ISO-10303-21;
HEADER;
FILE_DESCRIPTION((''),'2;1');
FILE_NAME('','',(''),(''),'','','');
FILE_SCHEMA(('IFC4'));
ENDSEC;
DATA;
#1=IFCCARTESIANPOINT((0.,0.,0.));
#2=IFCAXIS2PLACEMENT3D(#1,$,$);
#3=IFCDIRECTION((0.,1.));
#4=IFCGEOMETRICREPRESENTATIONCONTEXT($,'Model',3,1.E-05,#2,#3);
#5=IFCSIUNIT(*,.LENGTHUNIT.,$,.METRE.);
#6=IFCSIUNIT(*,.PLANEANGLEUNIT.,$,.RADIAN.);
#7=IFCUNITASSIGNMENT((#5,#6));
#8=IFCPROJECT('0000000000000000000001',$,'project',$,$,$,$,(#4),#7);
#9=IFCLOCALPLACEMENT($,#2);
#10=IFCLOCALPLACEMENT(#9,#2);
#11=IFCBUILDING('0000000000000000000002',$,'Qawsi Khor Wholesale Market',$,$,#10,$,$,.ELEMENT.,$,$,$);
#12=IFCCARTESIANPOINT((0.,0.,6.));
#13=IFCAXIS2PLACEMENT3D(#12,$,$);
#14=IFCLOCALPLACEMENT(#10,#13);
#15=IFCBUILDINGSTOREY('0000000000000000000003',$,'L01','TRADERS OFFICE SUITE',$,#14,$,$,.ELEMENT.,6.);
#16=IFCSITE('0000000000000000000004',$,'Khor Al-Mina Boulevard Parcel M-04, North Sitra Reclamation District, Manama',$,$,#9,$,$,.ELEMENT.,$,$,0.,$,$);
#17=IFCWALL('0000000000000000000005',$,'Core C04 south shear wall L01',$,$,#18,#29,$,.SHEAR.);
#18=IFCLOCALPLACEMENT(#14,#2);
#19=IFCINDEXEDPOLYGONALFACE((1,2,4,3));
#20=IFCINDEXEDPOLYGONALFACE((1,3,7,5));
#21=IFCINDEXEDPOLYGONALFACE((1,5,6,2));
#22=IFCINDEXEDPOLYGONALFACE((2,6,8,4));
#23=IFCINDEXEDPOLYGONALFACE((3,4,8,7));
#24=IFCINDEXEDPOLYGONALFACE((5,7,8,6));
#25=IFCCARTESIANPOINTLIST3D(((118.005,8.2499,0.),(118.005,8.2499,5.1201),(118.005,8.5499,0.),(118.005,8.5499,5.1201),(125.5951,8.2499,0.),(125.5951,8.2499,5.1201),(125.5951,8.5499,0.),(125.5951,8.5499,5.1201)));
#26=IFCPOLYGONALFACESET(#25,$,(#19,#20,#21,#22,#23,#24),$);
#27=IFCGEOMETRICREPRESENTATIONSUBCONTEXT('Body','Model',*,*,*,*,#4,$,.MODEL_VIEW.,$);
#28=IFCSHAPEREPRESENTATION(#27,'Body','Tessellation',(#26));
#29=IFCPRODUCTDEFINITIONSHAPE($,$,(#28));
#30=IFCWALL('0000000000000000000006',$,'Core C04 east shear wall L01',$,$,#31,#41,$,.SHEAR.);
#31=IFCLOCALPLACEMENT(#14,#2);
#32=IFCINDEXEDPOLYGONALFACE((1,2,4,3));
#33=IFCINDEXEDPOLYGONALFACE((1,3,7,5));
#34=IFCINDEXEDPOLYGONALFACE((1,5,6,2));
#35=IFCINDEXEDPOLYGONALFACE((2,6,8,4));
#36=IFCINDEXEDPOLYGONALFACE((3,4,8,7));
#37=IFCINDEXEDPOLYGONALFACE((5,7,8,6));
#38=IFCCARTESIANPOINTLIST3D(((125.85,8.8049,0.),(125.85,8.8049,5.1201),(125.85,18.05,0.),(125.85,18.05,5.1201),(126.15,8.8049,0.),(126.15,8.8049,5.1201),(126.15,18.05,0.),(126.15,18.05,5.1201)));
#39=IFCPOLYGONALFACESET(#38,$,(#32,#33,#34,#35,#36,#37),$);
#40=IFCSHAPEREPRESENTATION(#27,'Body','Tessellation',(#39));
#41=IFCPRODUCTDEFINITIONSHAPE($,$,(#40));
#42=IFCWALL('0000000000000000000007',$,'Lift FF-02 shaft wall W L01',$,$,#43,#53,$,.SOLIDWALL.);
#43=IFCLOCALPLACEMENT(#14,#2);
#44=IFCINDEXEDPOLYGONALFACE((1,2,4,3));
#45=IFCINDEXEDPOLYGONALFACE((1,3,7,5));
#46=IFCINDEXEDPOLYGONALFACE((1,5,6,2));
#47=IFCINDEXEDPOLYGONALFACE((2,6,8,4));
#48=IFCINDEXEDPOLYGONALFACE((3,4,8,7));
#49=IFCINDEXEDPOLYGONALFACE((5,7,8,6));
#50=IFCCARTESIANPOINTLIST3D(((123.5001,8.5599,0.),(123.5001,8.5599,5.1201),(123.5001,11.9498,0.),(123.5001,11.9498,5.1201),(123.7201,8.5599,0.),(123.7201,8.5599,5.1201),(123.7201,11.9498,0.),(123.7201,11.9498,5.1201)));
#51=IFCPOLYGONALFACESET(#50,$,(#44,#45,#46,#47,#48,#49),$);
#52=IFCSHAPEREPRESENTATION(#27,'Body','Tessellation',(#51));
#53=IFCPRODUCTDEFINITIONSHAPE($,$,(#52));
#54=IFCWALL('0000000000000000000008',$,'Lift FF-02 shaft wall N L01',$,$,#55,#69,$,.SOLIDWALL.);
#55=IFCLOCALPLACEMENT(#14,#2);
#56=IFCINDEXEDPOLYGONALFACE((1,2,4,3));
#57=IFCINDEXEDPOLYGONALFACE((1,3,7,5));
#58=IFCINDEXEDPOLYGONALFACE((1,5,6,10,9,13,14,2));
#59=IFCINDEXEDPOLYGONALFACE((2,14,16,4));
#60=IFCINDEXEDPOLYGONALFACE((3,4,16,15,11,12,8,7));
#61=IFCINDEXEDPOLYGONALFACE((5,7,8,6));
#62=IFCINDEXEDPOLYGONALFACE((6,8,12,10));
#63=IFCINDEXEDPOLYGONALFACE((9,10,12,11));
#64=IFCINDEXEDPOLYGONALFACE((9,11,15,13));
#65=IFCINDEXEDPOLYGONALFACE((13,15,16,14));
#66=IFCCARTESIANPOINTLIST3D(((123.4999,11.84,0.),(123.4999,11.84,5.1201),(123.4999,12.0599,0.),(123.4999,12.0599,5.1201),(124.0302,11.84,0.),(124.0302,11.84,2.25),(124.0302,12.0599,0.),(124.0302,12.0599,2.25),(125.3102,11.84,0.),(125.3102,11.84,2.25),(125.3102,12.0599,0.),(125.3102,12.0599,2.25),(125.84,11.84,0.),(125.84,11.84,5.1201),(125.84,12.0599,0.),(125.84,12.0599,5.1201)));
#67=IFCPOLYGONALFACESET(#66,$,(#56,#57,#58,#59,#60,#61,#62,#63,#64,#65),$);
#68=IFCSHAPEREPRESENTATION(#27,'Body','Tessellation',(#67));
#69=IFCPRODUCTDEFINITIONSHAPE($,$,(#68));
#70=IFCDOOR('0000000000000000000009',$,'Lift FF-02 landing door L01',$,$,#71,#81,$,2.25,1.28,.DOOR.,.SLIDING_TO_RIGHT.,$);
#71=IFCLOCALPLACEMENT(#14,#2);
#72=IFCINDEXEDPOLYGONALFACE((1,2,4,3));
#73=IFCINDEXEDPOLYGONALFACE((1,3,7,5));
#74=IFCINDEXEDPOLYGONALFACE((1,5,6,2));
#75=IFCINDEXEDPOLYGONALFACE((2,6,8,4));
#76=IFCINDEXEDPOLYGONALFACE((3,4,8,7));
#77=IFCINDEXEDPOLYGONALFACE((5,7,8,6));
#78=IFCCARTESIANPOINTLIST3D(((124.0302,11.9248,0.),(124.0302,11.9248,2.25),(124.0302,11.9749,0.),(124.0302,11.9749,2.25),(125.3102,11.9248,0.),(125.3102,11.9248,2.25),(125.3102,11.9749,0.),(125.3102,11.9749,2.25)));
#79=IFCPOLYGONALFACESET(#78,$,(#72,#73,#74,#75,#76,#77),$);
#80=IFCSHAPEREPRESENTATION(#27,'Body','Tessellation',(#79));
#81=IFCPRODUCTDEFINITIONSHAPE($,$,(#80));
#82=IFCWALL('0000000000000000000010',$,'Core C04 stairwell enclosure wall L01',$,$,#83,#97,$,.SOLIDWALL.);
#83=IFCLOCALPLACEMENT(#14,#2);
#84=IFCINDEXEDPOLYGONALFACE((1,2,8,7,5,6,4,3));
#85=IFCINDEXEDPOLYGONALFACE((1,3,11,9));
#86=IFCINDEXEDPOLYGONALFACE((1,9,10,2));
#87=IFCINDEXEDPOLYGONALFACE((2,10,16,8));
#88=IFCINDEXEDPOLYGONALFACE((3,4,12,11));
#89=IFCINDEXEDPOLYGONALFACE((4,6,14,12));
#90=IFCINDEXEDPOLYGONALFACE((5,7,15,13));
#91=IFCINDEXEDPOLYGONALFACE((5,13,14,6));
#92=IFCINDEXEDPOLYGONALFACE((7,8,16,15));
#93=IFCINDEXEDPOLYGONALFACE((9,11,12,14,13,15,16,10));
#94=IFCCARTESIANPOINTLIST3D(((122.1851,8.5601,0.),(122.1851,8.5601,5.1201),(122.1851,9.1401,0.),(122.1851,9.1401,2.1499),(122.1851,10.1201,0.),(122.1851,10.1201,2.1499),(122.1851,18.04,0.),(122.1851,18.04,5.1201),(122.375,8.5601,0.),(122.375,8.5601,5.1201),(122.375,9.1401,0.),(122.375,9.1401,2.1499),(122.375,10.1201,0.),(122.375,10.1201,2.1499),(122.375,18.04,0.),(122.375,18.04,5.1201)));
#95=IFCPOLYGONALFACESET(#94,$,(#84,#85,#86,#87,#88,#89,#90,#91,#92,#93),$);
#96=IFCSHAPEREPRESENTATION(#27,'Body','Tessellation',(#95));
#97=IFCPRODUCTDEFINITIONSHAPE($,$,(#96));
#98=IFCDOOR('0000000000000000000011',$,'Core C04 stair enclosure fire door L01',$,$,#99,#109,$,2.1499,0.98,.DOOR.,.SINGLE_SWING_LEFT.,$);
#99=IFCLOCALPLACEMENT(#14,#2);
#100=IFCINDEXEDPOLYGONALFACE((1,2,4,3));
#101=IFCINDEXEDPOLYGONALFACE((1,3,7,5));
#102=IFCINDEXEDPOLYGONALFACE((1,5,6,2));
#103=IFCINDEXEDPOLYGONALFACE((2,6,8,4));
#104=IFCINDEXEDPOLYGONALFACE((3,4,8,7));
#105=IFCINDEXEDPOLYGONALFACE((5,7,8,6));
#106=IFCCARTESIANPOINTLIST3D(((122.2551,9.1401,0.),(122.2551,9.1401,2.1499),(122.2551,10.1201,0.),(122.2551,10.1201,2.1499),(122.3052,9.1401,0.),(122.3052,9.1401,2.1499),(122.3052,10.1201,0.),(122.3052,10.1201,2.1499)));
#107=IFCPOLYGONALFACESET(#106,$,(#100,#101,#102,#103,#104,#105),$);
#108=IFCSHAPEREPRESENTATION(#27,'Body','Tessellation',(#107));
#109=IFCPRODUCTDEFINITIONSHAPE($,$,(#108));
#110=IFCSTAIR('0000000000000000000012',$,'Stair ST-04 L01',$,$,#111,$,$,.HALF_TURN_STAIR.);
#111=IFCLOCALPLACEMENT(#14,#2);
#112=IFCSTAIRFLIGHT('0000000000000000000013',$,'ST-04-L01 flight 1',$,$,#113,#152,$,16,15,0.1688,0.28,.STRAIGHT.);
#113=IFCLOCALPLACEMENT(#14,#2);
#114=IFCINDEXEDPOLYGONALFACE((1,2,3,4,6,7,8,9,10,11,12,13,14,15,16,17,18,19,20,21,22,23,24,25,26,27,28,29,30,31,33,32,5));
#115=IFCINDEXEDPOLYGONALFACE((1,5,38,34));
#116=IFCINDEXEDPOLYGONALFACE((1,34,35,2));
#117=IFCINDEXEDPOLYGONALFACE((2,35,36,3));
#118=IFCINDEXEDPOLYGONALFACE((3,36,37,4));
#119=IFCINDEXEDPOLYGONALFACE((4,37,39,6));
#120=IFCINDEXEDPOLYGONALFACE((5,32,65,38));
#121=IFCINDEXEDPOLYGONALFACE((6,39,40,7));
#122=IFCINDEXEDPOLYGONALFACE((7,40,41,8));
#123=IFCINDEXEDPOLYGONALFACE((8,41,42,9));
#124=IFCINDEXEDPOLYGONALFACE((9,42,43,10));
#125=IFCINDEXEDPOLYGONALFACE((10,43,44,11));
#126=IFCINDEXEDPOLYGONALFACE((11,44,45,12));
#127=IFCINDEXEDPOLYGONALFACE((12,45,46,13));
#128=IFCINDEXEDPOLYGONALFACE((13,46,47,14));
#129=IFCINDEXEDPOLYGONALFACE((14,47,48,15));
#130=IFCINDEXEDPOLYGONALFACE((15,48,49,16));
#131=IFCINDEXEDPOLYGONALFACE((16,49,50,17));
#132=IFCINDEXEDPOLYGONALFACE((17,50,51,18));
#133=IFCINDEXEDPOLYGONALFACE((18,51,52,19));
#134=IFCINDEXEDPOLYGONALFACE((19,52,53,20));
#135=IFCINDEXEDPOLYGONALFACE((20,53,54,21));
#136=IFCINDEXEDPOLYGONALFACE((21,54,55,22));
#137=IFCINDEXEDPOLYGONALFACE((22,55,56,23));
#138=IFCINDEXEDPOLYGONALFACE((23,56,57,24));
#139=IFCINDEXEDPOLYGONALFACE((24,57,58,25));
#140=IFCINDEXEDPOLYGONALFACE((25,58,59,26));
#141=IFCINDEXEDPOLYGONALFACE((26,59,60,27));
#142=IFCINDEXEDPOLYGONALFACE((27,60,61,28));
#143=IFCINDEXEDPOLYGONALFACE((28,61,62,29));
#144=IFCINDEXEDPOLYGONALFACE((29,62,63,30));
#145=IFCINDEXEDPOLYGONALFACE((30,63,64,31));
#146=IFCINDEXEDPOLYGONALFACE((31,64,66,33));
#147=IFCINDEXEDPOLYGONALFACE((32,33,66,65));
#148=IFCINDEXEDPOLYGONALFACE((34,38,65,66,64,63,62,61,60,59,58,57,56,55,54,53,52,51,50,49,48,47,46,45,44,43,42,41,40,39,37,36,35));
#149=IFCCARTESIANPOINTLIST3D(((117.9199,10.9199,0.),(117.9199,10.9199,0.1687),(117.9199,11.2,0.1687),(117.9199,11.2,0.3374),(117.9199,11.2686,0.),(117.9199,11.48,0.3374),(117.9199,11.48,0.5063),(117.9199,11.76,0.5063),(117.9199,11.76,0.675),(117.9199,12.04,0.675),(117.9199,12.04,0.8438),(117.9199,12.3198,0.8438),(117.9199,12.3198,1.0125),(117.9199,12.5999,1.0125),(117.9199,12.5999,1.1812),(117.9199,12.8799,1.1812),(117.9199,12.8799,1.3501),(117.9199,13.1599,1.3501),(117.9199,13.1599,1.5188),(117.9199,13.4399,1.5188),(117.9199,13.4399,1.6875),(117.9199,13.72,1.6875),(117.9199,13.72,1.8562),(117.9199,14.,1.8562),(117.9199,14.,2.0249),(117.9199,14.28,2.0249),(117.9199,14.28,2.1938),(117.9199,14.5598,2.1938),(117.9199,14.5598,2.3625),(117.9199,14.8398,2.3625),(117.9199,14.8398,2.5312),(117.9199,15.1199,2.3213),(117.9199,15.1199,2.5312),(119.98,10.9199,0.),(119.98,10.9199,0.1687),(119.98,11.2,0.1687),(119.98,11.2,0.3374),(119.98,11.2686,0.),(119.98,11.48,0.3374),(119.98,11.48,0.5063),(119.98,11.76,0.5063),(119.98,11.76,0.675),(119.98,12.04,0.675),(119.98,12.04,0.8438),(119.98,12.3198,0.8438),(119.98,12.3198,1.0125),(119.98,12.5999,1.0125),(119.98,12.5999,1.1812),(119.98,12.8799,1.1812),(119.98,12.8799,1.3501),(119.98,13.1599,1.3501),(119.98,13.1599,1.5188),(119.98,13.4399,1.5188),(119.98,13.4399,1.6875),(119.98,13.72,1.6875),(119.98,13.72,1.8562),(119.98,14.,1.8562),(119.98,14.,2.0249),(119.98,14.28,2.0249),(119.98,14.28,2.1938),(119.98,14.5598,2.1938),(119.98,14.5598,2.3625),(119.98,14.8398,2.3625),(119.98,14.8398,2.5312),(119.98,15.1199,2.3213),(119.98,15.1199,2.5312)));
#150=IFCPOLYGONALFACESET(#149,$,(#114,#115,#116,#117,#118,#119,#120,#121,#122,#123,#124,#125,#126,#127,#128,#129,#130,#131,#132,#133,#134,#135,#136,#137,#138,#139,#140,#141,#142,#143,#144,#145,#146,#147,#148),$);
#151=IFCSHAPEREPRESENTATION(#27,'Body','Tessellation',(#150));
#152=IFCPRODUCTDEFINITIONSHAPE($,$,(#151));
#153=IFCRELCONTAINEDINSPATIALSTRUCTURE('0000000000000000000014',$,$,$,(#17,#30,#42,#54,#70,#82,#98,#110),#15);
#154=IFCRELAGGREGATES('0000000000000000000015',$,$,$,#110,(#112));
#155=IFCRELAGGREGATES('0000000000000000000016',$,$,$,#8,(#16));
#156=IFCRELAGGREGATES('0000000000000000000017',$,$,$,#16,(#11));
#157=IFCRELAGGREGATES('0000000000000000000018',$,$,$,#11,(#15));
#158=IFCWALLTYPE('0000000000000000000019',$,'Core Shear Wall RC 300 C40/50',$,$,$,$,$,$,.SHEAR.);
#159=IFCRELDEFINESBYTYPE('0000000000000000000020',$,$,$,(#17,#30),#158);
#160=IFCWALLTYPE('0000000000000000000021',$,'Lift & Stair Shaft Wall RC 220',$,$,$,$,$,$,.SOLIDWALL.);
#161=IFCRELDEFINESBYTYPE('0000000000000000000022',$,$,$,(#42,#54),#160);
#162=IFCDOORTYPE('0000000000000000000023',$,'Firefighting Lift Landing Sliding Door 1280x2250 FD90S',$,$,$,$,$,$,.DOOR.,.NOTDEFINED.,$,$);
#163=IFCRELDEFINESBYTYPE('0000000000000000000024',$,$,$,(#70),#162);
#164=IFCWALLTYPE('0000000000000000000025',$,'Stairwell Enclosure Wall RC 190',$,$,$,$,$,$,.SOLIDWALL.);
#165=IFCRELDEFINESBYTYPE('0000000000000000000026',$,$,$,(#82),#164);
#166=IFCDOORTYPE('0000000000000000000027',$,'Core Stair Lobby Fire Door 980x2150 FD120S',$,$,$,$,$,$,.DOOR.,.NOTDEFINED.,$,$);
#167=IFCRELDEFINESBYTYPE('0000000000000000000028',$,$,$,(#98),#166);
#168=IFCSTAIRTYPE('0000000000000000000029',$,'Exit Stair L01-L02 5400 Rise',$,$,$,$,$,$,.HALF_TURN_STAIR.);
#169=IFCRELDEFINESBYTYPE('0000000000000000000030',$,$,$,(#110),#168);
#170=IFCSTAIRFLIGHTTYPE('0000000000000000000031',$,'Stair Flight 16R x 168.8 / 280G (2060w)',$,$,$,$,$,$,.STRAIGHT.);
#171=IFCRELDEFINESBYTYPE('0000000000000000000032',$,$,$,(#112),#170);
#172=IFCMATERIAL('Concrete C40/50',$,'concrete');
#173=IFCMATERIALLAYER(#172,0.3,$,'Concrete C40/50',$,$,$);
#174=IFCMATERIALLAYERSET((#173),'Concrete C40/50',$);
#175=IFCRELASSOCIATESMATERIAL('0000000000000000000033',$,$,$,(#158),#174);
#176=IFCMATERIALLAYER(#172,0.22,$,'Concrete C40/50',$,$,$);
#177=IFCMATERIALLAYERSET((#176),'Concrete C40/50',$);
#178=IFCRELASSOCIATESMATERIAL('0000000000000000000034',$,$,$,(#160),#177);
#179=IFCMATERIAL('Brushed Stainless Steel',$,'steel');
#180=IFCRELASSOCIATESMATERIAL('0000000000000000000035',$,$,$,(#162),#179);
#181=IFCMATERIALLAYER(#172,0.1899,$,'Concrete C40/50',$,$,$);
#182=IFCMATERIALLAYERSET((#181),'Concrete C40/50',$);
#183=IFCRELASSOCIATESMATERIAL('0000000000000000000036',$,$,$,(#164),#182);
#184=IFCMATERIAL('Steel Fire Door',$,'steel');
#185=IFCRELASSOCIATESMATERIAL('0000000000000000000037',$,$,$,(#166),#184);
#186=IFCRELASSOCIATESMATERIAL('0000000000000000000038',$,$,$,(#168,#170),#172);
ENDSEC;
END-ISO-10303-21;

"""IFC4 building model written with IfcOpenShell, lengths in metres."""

from ifc_helpers import new_model, si_unit, direction, frame, frame_2d, origin, place, context, subcontext, project, spatial, polyline, rectangle, outline, extrude, material, layer, layer_set, type_object, element, fill, aggregate, save


model = new_model("IFC4")

# Units and contexts
model_context = context("Model", 3, precision=1e-05, world=origin(), true_north=direction((0.0, 1.0)))
body_context = subcontext(model_context, "Body", "Model", "MODEL_VIEW")
ifc_project = project(units=[si_unit("LENGTHUNIT", "METRE"), si_unit("PLANEANGLEUNIT", "RADIAN")], contexts=[model_context])

# Site, building, storey
site_placement = place(None, origin())
site = spatial("IfcSite", under=ifc_project, at=site_placement, Name="Khor Al-Mina Boulevard Parcel M-04, North Sitra Reclamation District, Manama", CompositionType="ELEMENT", RefElevation=0.0)
building_placement = place(site_placement, origin())
building = spatial("IfcBuilding", under=site, at=building_placement, Name="Qawsi Khor Wholesale Market", CompositionType="ELEMENT")
storey_placement = place(building_placement, frame((0.0, 0.0, 6.0)))
storey = spatial("IfcBuildingStorey", under=building, at=storey_placement, Name="L01", Description="TRADERS OFFICE SUITE", CompositionType="ELEMENT", Elevation=6.0)

# Shared definitions
ifc_material_1 = material(Name="Concrete C40/50", Category="concrete")

# Walls
ifc_layer_1 = layer(ifc_material_1, 0.3, Name="Concrete C40/50")
ifc_layer_set_1 = layer_set([ifc_layer_1], Name="Concrete C40/50")
wall_type_1 = type_object("IfcWallType", Name="Core Shear Wall RC 300 C40/50", PredefinedType="SHEAR", material=ifc_layer_set_1)
wall_1_placement = place(storey_placement, frame((125.595, 8.3999, 0.0), z_axis=(0.0, 0.0, 1.0), x_axis=(-1.0, 0.0, 0.0)))
element("IfcWall", 1, at=wall_1_placement, inside=storey, type_object=wall_type_1, Name="Core C04 south shear wall L01", PredefinedType="SHEAR", context=body_context, shape_type="SweptSolid", body=[
    extrude(rectangle(XDim=7.5901, YDim=0.3, at=frame_2d((3.7949, 0.0))), origin(), (0.0, 0.0, 1.0), 5.1201),
])
wall_2_placement = place(storey_placement, frame((126.0, 18.05, 0.0), z_axis=(0.0, 0.0, 1.0), x_axis=(0.0, -1.0, 0.0)))
element("IfcWall", 2, at=wall_2_placement, inside=storey, type_object=wall_type_1, Name="Core C04 east shear wall L01", PredefinedType="SHEAR", context=body_context, shape_type="SweptSolid", body=[
    extrude(rectangle(XDim=9.2451, YDim=0.3, at=frame_2d((4.6226, 0.0))), origin(), (0.0, 0.0, 1.0), 5.1201),
])
ifc_layer_2 = layer(ifc_material_1, 0.22, Name="Concrete C40/50")
ifc_layer_set_2 = layer_set([ifc_layer_2], Name="Concrete C40/50")
wall_type_2 = type_object("IfcWallType", Name="Lift & Stair Shaft Wall RC 220", PredefinedType="SOLIDWALL", material=ifc_layer_set_2)
wall_3_placement = place(storey_placement, frame((123.6101, 8.5601, 0.0), z_axis=(0.0, 0.0, 1.0), x_axis=(0.0, 1.0, 0.0)))
element("IfcWall", 3, at=wall_3_placement, inside=storey, type_object=wall_type_2, Name="Lift FF-02 shaft wall W L01", PredefinedType="SOLIDWALL", context=body_context, shape_type="SweptSolid", body=[
    extrude(rectangle(XDim=3.3899, YDim=0.22, at=frame_2d((1.6948, 0.0))), origin(), (0.0, 0.0, 1.0), 5.1201),
])

# Walls, openings, doors
wall_4_placement = place(storey_placement, frame((123.5, 11.95, 0.0), z_axis=(0.0, 0.0, 1.0), x_axis=(1.0, 0.0, 0.0)))
wall_4 = element("IfcWall", 4, at=wall_4_placement, inside=storey, type_object=wall_type_2, Name="Lift FF-02 shaft wall N L01", PredefinedType="SOLIDWALL", context=body_context, shape_type="SweptSolid", body=[
    extrude(rectangle(XDim=2.3401, YDim=0.22, at=frame_2d((1.1699, 0.0))), origin(), (0.0, 0.0, 1.0), 5.1201),
])
opening_1_placement = place(wall_4_placement, frame((0.53, 0.0, 0.0)))
opening_1 = element("IfcOpeningElement", 5, at=opening_1_placement, cuts=wall_4, PredefinedType="OPENING", context=body_context, shape_type="SweptSolid", body=[
    extrude(rectangle(XDim=1.28, YDim=2.25, at=frame_2d((0.6401, 1.125))), frame((0.0, 0.1199, 0.0), z_axis=(0.0, -1.0, 0.0), x_axis=(1.0, 0.0, 0.0)), (0.0, 0.0, 1.0), 0.24),
])
ifc_material_2 = material(Name="Brushed Stainless Steel", Category="steel")
door_type_1 = type_object("IfcDoorType", Name="Firefighting Lift Landing Sliding Door 1280x2250 FD90S", OperationType="NOTDEFINED", PredefinedType="DOOR", material=ifc_material_2)
door_1_placement = place(opening_1_placement, origin())
door_1 = element("IfcDoor", 6, at=door_1_placement, inside=storey, type_object=door_type_1, Name="Lift FF-02 landing door L01", OperationType="SLIDING_TO_RIGHT", OverallHeight=2.25, OverallWidth=1.28, PredefinedType="DOOR", context=body_context, shape_type="SweptSolid", body=[
    extrude(rectangle(XDim=1.28, YDim=2.25, at=frame_2d((0.6401, 1.125))), frame((0.0, 0.0249, 0.0), z_axis=(0.0, -1.0, 0.0), x_axis=(1.0, 0.0, 0.0)), (0.0, 0.0, 1.0), 0.05),
])
fill(opening_1, door_1)
ifc_layer_3 = layer(ifc_material_1, 0.1899, Name="Concrete C40/50")
ifc_layer_set_3 = layer_set([ifc_layer_3], Name="Concrete C40/50")
wall_type_3 = type_object("IfcWallType", Name="Stairwell Enclosure Wall RC 190", PredefinedType="SOLIDWALL", material=ifc_layer_set_3)
wall_5_placement = place(storey_placement, frame((122.28, 8.5601, 0.0), z_axis=(0.0, 0.0, 1.0), x_axis=(0.0, 1.0, 0.0)))
wall_5 = element("IfcWall", 7, at=wall_5_placement, inside=storey, type_object=wall_type_3, Name="Core C04 stairwell enclosure wall L01", PredefinedType="SOLIDWALL", context=body_context, shape_type="SweptSolid", body=[
    extrude(rectangle(XDim=9.48, YDim=0.1899, at=frame_2d((4.74, 0.0))), origin(), (0.0, 0.0, 1.0), 5.1201),
])
opening_2_placement = place(wall_5_placement, frame((0.5801, 0.0, 0.0)))
opening_2 = element("IfcOpeningElement", 8, at=opening_2_placement, cuts=wall_5, PredefinedType="OPENING", context=body_context, shape_type="SweptSolid", body=[
    extrude(rectangle(XDim=0.98, YDim=2.1499, at=frame_2d((0.49, 1.075))), frame((0.0, 0.105, 0.0), z_axis=(0.0, -1.0, 0.0), x_axis=(1.0, 0.0, 0.0)), (0.0, 0.0, 1.0), 0.21),
])
ifc_material_3 = material(Name="Steel Fire Door", Category="steel")
door_type_2 = type_object("IfcDoorType", Name="Core Stair Lobby Fire Door 980x2150 FD120S", OperationType="NOTDEFINED", PredefinedType="DOOR", material=ifc_material_3)
door_2_placement = place(opening_2_placement, origin())
door_2 = element("IfcDoor", 9, at=door_2_placement, inside=storey, type_object=door_type_2, Name="Core C04 stair enclosure fire door L01", OperationType="SINGLE_SWING_LEFT", OverallHeight=2.1499, OverallWidth=0.98, PredefinedType="DOOR", context=body_context, shape_type="SweptSolid", body=[
    extrude(rectangle(XDim=0.98, YDim=2.1499, at=frame_2d((0.49, 1.075))), frame((0.0, 0.0249, 0.0), z_axis=(0.0, -1.0, 0.0), x_axis=(1.0, 0.0, 0.0)), (0.0, 0.0, 1.0), 0.05),
])
fill(opening_2, door_2)

# Stair, stair flight
stair_type = type_object("IfcStairType", Name="Exit Stair L01-L02 5400 Rise", PredefinedType="HALF_TURN_STAIR", material=ifc_material_1)
stair_placement = place(storey_placement, origin())
stair = element("IfcStair", 10, at=stair_placement, inside=storey, type_object=stair_type, Name="Stair ST-04 L01", PredefinedType="HALF_TURN_STAIR")
stair_flight_type = type_object("IfcStairFlightType", Name="Stair Flight 16R x 168.8 / 280G (2060w)", PredefinedType="STRAIGHT", material=ifc_material_1)
stair_flight_1_placement = place(storey_placement, frame((118.95, 10.9199, 0.0), z_axis=(0.0, 0.0, 1.0), x_axis=(0.0, 1.0, 0.0)))
stair_flight_1 = element("IfcStairFlight", 11, at=stair_flight_1_placement, type_object=stair_flight_type, Name="ST-04-L01 flight 1", NumberOfRisers=16, NumberOfTreads=15, PredefinedType="STRAIGHT", RiserHeight=0.1688, TreadLength=0.28, context=body_context, shape_type="SweptSolid", body=[
    extrude(outline(polyline([(0.0, 0.0), (0.0, 0.1687), (0.28, 0.1687), (0.28, 0.3374), (0.5601, 0.3374), (0.5601, 0.5063), (0.8401, 0.5063), (0.8401, 0.675), (1.1201, 0.675), (1.1201, 0.8438), (1.3999, 0.8438), (1.3999, 1.0125), (1.6799, 1.0125), (1.6799, 1.1812), (1.96, 1.1812), (1.96, 1.3501), (2.24, 1.3501), (2.24, 1.5188), (2.52, 1.5188), (2.52, 1.6875), (2.8, 1.6875), (2.8, 1.8562), (3.0801, 1.8562), (3.0801, 2.0249), (3.3601, 2.0249), (3.3601, 2.1938), (3.6399, 2.1938), (3.6399, 2.3625), (3.9199, 2.3625), (3.9199, 2.5312), (4.2, 2.5312), (4.2, 2.7), (4.2, 2.3213), (0.3486, 0.0), (0.0, 0.0)])), frame((0.0, 1.03, 0.0), z_axis=(0.0, -1.0, 0.0), x_axis=(1.0, 0.0, 0.0)), (0.0, 0.0, 1.0), 2.0601),
])
aggregate(stair, [stair_flight_1])

save(model, "model.ifc")
